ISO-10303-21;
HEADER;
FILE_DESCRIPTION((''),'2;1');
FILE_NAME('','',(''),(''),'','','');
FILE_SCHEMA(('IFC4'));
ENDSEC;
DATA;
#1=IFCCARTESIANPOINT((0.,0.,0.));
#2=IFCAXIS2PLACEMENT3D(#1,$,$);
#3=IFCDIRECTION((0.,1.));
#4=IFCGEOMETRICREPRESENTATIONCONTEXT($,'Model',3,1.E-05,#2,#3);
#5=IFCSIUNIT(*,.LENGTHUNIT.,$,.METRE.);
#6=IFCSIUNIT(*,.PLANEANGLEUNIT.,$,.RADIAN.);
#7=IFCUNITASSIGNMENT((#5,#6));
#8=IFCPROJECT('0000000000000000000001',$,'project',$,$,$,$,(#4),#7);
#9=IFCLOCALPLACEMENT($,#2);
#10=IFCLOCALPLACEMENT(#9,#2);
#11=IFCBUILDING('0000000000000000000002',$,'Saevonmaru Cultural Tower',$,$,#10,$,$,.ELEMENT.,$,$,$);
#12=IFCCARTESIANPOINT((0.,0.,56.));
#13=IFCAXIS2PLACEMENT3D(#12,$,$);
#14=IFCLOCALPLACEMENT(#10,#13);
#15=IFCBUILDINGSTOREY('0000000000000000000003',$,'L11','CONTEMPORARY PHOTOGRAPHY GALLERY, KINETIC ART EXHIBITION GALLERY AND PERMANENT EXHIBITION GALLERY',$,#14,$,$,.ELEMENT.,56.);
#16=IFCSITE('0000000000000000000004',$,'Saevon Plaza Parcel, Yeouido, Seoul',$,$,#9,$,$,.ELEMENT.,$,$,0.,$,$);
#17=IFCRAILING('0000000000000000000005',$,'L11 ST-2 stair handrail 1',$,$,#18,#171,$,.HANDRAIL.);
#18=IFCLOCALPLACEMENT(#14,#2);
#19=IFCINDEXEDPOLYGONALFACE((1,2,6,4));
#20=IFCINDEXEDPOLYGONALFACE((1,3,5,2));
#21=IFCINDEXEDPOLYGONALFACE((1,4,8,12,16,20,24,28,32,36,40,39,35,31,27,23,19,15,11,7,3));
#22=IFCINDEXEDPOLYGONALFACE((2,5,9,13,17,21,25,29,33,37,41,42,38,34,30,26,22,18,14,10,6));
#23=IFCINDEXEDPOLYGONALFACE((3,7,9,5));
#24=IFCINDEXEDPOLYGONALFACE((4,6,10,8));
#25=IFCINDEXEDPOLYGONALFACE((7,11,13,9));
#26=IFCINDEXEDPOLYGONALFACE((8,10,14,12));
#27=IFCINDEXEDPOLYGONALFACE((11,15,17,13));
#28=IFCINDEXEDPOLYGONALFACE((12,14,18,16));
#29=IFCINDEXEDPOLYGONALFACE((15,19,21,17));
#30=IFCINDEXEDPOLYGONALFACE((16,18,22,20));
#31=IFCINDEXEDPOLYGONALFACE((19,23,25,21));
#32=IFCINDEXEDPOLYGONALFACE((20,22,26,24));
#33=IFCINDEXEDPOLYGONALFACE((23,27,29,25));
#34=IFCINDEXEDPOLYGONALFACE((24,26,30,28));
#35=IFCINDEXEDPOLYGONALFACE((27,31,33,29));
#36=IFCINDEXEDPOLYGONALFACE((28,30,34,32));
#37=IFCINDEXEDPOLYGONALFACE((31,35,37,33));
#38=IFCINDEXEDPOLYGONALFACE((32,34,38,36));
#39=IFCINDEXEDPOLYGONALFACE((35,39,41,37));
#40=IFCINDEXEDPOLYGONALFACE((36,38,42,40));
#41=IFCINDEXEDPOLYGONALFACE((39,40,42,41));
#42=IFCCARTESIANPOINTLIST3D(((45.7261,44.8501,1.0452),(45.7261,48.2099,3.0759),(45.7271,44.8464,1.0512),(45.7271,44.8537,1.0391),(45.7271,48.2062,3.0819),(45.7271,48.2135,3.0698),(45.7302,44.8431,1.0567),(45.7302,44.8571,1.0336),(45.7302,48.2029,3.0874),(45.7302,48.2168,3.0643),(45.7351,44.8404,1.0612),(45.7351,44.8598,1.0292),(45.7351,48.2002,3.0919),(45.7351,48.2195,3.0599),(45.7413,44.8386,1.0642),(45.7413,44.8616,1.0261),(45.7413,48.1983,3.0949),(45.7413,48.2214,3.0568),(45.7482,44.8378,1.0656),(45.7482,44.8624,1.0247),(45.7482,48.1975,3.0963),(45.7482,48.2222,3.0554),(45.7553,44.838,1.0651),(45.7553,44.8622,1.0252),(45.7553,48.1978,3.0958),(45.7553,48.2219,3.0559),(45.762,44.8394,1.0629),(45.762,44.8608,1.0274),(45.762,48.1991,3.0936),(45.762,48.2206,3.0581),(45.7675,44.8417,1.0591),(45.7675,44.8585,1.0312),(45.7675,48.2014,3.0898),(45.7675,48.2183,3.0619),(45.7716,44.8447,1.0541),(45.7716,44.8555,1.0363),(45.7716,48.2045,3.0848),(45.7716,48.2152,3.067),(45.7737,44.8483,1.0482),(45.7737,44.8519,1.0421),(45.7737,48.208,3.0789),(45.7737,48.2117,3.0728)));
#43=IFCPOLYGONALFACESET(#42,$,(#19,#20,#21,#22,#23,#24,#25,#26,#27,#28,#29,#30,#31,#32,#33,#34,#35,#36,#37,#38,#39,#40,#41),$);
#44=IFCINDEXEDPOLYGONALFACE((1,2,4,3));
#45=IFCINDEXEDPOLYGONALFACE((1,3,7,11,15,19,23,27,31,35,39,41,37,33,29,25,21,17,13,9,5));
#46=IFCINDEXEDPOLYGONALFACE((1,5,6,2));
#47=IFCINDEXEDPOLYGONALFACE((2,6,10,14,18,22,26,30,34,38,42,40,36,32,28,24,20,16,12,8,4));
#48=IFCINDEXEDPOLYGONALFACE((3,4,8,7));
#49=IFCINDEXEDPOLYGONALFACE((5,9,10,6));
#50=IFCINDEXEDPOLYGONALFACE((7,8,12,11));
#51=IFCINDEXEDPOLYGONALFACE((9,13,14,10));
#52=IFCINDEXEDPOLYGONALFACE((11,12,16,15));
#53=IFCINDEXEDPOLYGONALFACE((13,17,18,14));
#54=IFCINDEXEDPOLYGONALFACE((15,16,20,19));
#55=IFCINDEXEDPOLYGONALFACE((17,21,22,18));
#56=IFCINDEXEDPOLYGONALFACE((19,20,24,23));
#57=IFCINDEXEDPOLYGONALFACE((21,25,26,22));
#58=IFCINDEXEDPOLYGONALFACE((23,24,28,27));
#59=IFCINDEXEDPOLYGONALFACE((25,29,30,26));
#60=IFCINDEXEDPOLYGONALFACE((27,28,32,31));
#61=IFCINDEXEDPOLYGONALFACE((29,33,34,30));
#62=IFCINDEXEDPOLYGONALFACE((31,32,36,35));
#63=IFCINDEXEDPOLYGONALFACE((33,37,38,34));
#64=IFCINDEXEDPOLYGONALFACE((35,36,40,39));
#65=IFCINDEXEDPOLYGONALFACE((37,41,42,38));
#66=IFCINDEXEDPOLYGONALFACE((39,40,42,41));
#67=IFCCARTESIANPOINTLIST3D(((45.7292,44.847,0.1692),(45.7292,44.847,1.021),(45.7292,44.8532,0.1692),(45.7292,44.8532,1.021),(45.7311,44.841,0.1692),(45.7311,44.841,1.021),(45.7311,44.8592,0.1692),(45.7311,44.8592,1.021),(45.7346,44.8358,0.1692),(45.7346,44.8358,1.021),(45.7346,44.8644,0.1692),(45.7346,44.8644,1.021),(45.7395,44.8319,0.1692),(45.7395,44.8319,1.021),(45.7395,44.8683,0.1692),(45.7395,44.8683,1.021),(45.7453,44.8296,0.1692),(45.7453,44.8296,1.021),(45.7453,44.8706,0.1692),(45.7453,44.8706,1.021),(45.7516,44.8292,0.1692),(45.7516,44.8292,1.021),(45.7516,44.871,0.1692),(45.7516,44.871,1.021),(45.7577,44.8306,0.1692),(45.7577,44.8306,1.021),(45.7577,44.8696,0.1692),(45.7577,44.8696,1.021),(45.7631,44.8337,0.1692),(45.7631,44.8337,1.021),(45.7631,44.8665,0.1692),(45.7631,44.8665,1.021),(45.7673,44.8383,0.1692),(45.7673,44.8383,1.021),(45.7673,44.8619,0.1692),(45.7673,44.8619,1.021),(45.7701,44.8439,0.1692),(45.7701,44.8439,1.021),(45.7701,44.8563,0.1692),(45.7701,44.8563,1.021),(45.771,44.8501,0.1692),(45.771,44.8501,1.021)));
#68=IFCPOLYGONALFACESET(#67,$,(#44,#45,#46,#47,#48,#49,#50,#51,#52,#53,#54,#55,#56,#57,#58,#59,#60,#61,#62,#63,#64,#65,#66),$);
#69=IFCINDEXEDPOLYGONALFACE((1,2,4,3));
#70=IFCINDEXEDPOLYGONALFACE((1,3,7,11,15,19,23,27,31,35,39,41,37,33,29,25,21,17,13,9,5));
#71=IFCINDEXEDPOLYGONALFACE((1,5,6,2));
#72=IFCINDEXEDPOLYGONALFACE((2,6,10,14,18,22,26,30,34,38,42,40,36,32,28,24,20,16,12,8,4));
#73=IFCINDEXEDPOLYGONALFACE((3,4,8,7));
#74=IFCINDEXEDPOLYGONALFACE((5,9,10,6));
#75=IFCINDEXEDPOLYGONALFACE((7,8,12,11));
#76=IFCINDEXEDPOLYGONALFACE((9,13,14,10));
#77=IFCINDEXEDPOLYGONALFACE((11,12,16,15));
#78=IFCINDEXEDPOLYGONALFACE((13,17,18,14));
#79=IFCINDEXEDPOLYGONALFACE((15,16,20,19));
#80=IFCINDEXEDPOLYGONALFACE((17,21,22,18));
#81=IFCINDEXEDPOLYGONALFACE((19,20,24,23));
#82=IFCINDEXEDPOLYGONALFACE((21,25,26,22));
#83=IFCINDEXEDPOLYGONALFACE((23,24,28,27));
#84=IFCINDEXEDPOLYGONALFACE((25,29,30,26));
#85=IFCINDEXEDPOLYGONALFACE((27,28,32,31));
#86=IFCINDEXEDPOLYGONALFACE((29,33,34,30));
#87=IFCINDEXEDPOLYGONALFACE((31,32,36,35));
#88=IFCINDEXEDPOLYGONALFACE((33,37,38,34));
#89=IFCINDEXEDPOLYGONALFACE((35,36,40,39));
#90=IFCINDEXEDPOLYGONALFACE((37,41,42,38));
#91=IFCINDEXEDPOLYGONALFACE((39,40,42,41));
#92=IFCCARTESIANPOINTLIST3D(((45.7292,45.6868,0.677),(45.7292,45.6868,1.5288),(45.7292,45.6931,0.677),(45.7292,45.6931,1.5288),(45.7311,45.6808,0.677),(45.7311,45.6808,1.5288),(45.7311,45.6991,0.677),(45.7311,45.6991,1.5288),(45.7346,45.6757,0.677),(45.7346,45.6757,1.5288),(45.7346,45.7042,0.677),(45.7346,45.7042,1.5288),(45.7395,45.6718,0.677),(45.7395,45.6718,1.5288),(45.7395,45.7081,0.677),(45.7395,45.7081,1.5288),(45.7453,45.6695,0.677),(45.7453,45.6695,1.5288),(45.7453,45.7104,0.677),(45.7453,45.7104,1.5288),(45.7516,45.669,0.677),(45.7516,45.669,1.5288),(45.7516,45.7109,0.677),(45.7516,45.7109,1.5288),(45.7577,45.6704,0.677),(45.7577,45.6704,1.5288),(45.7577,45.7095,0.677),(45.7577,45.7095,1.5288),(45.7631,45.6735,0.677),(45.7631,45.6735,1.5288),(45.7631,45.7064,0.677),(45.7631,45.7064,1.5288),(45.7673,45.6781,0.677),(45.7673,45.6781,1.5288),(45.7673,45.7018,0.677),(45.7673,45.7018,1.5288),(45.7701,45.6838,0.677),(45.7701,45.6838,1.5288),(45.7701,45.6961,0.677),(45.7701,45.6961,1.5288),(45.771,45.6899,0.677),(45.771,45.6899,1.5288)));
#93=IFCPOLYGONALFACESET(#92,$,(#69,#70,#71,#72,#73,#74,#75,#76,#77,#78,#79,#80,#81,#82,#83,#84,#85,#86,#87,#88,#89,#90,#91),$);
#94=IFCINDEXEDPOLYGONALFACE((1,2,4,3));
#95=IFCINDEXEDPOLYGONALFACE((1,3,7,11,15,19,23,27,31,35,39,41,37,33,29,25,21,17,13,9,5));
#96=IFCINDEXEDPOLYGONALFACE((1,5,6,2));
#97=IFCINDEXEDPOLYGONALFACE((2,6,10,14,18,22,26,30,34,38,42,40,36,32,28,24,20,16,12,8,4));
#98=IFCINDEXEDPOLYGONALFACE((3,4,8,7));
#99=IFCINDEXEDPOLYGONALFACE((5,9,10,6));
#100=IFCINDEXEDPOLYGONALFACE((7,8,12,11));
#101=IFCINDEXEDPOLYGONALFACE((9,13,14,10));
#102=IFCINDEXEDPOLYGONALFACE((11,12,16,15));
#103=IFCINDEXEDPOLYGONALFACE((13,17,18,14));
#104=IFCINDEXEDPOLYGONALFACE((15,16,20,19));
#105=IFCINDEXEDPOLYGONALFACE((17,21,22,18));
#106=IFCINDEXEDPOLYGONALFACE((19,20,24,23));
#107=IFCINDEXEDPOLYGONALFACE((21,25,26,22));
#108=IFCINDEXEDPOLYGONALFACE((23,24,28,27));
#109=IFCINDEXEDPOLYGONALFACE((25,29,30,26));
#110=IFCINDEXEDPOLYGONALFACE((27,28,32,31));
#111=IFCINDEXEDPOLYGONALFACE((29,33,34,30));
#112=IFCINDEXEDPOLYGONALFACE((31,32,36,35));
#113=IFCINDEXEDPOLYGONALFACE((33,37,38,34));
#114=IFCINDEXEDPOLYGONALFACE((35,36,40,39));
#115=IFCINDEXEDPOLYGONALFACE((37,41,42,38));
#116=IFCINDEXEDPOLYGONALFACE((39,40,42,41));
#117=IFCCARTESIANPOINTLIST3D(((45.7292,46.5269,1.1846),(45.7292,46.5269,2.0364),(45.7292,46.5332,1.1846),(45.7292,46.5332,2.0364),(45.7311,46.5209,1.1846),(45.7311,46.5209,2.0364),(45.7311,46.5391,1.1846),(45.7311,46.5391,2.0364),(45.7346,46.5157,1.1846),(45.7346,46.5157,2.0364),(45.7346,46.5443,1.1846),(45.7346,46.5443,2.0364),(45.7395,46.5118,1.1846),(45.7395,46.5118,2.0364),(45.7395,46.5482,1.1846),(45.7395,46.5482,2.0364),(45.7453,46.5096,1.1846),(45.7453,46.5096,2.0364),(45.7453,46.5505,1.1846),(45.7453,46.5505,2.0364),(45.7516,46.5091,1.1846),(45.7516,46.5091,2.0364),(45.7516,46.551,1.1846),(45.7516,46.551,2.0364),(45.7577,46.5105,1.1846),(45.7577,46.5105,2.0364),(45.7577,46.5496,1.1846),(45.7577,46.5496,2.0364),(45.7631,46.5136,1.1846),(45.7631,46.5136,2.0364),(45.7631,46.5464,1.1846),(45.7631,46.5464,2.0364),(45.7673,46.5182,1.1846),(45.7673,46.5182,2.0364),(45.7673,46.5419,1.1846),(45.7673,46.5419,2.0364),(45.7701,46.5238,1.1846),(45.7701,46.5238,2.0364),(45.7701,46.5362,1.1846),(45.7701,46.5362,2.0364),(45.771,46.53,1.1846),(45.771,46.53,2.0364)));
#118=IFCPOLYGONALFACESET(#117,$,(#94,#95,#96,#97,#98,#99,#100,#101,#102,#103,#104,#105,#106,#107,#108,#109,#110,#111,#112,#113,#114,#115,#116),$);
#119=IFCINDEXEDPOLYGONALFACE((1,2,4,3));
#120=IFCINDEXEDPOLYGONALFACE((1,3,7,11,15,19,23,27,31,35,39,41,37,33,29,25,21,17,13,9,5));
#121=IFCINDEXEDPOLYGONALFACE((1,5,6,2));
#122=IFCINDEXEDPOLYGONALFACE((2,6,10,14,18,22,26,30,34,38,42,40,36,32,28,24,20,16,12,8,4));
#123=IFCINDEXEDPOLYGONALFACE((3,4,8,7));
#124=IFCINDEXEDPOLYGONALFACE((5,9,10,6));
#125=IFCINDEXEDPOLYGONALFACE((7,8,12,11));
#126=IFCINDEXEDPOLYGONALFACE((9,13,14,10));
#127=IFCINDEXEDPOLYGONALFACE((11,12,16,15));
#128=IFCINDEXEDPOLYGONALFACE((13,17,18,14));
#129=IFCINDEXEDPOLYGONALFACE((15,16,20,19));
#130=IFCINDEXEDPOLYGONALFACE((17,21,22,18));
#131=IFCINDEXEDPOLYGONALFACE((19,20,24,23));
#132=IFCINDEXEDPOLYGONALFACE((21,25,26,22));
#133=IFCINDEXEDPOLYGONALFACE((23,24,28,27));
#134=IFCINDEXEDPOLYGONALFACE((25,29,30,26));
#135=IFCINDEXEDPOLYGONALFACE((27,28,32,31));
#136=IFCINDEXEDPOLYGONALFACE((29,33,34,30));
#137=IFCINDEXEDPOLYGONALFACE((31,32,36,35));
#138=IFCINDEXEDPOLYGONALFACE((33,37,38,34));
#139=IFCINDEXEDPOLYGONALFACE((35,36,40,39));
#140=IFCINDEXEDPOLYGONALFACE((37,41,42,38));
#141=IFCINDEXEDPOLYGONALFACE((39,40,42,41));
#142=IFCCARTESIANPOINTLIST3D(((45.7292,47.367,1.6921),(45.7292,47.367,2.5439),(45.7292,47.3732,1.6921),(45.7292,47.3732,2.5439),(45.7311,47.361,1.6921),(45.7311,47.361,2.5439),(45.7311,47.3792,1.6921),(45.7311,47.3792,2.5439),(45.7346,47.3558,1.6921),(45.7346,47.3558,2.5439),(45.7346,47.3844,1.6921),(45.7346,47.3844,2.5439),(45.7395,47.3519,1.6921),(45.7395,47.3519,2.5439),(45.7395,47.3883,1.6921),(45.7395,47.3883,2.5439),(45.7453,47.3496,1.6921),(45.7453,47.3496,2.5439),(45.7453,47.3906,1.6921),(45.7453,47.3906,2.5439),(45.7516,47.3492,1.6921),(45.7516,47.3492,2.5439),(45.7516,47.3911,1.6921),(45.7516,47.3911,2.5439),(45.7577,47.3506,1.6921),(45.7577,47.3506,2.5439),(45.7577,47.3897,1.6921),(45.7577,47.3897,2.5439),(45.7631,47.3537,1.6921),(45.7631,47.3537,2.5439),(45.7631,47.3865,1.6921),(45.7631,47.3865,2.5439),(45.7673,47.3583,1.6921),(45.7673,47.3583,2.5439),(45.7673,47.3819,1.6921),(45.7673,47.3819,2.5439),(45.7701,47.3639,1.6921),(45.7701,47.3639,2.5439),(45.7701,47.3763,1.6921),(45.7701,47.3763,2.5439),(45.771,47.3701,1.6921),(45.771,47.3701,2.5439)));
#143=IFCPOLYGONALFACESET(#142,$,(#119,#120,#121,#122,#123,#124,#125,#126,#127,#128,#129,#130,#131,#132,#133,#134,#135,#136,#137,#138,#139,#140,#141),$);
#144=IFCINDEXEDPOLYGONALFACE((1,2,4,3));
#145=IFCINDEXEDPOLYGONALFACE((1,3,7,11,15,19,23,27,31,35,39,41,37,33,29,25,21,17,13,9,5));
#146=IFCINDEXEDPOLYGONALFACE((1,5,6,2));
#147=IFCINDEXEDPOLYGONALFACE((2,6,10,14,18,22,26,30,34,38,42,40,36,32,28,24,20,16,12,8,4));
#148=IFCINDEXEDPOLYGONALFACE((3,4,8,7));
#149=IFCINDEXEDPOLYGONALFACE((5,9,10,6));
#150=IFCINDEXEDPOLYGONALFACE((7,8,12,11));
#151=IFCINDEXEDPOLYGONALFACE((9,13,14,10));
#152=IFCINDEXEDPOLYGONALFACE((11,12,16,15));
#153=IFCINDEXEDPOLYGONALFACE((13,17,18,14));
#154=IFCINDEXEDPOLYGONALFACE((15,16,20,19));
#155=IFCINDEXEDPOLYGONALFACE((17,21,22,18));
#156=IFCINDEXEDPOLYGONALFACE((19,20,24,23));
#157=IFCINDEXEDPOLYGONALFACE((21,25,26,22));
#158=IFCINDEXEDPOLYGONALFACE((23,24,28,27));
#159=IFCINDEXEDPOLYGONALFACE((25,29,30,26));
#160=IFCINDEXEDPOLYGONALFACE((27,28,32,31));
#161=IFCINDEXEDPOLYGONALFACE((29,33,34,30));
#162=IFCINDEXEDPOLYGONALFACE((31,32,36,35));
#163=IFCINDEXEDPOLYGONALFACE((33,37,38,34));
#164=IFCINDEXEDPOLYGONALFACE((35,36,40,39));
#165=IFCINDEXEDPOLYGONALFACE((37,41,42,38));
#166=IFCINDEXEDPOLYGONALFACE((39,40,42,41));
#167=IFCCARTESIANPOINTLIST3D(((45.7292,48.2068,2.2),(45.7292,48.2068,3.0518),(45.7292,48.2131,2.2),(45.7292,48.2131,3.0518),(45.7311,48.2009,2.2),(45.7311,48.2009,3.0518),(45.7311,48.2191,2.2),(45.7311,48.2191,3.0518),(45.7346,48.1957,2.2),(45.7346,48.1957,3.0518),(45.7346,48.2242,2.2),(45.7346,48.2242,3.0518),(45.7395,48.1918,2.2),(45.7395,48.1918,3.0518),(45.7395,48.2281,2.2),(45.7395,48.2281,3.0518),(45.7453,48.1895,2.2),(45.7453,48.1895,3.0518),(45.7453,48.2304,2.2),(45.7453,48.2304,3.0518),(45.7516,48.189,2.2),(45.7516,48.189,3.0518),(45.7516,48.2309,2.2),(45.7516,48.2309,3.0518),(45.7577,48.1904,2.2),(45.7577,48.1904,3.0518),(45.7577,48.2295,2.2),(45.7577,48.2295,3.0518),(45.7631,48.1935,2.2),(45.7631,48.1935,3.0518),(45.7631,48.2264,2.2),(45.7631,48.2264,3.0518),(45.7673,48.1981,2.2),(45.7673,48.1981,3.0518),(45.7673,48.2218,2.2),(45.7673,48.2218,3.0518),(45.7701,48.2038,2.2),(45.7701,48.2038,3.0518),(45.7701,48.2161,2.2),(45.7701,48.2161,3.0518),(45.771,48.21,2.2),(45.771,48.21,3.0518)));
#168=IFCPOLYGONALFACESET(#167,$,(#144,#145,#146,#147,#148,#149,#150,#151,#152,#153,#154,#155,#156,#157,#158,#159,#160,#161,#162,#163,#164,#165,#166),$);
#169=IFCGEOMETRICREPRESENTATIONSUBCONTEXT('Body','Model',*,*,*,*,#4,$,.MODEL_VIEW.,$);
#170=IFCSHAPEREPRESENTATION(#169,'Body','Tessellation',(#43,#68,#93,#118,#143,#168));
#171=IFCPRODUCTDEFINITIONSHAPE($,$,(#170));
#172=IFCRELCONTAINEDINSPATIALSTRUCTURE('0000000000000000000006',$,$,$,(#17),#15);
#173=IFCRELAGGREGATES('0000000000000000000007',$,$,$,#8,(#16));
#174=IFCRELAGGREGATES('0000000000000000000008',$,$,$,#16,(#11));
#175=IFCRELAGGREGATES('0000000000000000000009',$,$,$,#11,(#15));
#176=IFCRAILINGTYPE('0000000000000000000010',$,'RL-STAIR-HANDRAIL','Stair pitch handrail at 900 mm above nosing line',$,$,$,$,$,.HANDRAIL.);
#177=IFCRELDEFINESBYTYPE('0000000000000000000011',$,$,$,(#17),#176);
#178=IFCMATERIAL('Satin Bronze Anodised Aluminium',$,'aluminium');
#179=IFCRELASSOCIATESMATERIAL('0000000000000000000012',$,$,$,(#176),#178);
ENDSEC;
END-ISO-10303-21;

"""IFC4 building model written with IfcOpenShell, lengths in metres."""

from ifc_helpers import new_model, si_unit, direction, frame, origin, origin_2d, place, context, subcontext, project, spatial, circle, extrude, material, type_object, element, save


model = new_model("IFC4")

# Units and contexts
model_context = context("Model", 3, precision=1e-05, world=origin(), true_north=direction((0.0, 1.0)))
body_context = subcontext(model_context, "Body", "Model", "MODEL_VIEW")
ifc_project = project(units=[si_unit("LENGTHUNIT", "METRE"), si_unit("PLANEANGLEUNIT", "RADIAN")], contexts=[model_context])

# Site, building, storey
site_placement = place(None, origin())
site = spatial("IfcSite", under=ifc_project, at=site_placement, Name="Saevon Plaza Parcel, Yeouido, Seoul", CompositionType="ELEMENT", RefElevation=0.0)
building_placement = place(site_placement, origin())
building = spatial("IfcBuilding", under=site, at=building_placement, Name="Saevonmaru Cultural Tower", CompositionType="ELEMENT")
storey_placement = place(building_placement, frame((0.0, 0.0, 56.0)))
storey = spatial("IfcBuildingStorey", under=building, at=storey_placement, Name="L11", Description="CONTEMPORARY PHOTOGRAPHY GALLERY, KINETIC ART EXHIBITION GALLERY AND PERMANENT EXHIBITION GALLERY", CompositionType="ELEMENT", Elevation=56.0)

# Railing
ifc_material_1 = material(Name="Satin Bronze Anodised Aluminium", Category="aluminium")
railing_type = type_object("IfcRailingType", Name="RL-STAIR-HANDRAIL", Description="Stair pitch handrail at 900 mm above nosing line", PredefinedType="HANDRAIL", material=ifc_material_1)
railing_placement = place(storey_placement, frame((45.75, 44.8501, 0.1692)))
element("IfcRailing", 1, at=railing_placement, inside=storey, type_object=railing_type, Name="L11 ST-2 stair handrail 1", PredefinedType="HANDRAIL", context=body_context, shape_type="SweptSolid", body=[
    extrude(circle(Radius=0.0239, at=origin_2d()), frame((0.0, 0.0, 0.876), z_axis=(0.0, 0.85582, 0.517273), x_axis=(-1.0, 0.0, 0.0)), (0.0, 0.0, 1.0), 3.9258),
    extrude(circle(Radius=0.021, at=origin_2d()), origin(), (0.0, 0.0, 1.0), 0.8518),
    extrude(circle(Radius=0.021, at=origin_2d()), frame((0.0, 0.8398, 0.5078)), (0.0, 0.0, 1.0), 0.8518),
    extrude(circle(Radius=0.021, at=origin_2d()), frame((0.0, 1.6799, 1.0154)), (0.0, 0.0, 1.0), 0.8518),
    extrude(circle(Radius=0.021, at=origin_2d()), frame((0.0, 2.52, 1.5229)), (0.0, 0.0, 1.0), 0.8518),
    extrude(circle(Radius=0.021, at=origin_2d()), frame((0.0, 3.3599, 2.0308)), (0.0, 0.0, 1.0), 0.8518),
])

save(model, "model.ifc")
